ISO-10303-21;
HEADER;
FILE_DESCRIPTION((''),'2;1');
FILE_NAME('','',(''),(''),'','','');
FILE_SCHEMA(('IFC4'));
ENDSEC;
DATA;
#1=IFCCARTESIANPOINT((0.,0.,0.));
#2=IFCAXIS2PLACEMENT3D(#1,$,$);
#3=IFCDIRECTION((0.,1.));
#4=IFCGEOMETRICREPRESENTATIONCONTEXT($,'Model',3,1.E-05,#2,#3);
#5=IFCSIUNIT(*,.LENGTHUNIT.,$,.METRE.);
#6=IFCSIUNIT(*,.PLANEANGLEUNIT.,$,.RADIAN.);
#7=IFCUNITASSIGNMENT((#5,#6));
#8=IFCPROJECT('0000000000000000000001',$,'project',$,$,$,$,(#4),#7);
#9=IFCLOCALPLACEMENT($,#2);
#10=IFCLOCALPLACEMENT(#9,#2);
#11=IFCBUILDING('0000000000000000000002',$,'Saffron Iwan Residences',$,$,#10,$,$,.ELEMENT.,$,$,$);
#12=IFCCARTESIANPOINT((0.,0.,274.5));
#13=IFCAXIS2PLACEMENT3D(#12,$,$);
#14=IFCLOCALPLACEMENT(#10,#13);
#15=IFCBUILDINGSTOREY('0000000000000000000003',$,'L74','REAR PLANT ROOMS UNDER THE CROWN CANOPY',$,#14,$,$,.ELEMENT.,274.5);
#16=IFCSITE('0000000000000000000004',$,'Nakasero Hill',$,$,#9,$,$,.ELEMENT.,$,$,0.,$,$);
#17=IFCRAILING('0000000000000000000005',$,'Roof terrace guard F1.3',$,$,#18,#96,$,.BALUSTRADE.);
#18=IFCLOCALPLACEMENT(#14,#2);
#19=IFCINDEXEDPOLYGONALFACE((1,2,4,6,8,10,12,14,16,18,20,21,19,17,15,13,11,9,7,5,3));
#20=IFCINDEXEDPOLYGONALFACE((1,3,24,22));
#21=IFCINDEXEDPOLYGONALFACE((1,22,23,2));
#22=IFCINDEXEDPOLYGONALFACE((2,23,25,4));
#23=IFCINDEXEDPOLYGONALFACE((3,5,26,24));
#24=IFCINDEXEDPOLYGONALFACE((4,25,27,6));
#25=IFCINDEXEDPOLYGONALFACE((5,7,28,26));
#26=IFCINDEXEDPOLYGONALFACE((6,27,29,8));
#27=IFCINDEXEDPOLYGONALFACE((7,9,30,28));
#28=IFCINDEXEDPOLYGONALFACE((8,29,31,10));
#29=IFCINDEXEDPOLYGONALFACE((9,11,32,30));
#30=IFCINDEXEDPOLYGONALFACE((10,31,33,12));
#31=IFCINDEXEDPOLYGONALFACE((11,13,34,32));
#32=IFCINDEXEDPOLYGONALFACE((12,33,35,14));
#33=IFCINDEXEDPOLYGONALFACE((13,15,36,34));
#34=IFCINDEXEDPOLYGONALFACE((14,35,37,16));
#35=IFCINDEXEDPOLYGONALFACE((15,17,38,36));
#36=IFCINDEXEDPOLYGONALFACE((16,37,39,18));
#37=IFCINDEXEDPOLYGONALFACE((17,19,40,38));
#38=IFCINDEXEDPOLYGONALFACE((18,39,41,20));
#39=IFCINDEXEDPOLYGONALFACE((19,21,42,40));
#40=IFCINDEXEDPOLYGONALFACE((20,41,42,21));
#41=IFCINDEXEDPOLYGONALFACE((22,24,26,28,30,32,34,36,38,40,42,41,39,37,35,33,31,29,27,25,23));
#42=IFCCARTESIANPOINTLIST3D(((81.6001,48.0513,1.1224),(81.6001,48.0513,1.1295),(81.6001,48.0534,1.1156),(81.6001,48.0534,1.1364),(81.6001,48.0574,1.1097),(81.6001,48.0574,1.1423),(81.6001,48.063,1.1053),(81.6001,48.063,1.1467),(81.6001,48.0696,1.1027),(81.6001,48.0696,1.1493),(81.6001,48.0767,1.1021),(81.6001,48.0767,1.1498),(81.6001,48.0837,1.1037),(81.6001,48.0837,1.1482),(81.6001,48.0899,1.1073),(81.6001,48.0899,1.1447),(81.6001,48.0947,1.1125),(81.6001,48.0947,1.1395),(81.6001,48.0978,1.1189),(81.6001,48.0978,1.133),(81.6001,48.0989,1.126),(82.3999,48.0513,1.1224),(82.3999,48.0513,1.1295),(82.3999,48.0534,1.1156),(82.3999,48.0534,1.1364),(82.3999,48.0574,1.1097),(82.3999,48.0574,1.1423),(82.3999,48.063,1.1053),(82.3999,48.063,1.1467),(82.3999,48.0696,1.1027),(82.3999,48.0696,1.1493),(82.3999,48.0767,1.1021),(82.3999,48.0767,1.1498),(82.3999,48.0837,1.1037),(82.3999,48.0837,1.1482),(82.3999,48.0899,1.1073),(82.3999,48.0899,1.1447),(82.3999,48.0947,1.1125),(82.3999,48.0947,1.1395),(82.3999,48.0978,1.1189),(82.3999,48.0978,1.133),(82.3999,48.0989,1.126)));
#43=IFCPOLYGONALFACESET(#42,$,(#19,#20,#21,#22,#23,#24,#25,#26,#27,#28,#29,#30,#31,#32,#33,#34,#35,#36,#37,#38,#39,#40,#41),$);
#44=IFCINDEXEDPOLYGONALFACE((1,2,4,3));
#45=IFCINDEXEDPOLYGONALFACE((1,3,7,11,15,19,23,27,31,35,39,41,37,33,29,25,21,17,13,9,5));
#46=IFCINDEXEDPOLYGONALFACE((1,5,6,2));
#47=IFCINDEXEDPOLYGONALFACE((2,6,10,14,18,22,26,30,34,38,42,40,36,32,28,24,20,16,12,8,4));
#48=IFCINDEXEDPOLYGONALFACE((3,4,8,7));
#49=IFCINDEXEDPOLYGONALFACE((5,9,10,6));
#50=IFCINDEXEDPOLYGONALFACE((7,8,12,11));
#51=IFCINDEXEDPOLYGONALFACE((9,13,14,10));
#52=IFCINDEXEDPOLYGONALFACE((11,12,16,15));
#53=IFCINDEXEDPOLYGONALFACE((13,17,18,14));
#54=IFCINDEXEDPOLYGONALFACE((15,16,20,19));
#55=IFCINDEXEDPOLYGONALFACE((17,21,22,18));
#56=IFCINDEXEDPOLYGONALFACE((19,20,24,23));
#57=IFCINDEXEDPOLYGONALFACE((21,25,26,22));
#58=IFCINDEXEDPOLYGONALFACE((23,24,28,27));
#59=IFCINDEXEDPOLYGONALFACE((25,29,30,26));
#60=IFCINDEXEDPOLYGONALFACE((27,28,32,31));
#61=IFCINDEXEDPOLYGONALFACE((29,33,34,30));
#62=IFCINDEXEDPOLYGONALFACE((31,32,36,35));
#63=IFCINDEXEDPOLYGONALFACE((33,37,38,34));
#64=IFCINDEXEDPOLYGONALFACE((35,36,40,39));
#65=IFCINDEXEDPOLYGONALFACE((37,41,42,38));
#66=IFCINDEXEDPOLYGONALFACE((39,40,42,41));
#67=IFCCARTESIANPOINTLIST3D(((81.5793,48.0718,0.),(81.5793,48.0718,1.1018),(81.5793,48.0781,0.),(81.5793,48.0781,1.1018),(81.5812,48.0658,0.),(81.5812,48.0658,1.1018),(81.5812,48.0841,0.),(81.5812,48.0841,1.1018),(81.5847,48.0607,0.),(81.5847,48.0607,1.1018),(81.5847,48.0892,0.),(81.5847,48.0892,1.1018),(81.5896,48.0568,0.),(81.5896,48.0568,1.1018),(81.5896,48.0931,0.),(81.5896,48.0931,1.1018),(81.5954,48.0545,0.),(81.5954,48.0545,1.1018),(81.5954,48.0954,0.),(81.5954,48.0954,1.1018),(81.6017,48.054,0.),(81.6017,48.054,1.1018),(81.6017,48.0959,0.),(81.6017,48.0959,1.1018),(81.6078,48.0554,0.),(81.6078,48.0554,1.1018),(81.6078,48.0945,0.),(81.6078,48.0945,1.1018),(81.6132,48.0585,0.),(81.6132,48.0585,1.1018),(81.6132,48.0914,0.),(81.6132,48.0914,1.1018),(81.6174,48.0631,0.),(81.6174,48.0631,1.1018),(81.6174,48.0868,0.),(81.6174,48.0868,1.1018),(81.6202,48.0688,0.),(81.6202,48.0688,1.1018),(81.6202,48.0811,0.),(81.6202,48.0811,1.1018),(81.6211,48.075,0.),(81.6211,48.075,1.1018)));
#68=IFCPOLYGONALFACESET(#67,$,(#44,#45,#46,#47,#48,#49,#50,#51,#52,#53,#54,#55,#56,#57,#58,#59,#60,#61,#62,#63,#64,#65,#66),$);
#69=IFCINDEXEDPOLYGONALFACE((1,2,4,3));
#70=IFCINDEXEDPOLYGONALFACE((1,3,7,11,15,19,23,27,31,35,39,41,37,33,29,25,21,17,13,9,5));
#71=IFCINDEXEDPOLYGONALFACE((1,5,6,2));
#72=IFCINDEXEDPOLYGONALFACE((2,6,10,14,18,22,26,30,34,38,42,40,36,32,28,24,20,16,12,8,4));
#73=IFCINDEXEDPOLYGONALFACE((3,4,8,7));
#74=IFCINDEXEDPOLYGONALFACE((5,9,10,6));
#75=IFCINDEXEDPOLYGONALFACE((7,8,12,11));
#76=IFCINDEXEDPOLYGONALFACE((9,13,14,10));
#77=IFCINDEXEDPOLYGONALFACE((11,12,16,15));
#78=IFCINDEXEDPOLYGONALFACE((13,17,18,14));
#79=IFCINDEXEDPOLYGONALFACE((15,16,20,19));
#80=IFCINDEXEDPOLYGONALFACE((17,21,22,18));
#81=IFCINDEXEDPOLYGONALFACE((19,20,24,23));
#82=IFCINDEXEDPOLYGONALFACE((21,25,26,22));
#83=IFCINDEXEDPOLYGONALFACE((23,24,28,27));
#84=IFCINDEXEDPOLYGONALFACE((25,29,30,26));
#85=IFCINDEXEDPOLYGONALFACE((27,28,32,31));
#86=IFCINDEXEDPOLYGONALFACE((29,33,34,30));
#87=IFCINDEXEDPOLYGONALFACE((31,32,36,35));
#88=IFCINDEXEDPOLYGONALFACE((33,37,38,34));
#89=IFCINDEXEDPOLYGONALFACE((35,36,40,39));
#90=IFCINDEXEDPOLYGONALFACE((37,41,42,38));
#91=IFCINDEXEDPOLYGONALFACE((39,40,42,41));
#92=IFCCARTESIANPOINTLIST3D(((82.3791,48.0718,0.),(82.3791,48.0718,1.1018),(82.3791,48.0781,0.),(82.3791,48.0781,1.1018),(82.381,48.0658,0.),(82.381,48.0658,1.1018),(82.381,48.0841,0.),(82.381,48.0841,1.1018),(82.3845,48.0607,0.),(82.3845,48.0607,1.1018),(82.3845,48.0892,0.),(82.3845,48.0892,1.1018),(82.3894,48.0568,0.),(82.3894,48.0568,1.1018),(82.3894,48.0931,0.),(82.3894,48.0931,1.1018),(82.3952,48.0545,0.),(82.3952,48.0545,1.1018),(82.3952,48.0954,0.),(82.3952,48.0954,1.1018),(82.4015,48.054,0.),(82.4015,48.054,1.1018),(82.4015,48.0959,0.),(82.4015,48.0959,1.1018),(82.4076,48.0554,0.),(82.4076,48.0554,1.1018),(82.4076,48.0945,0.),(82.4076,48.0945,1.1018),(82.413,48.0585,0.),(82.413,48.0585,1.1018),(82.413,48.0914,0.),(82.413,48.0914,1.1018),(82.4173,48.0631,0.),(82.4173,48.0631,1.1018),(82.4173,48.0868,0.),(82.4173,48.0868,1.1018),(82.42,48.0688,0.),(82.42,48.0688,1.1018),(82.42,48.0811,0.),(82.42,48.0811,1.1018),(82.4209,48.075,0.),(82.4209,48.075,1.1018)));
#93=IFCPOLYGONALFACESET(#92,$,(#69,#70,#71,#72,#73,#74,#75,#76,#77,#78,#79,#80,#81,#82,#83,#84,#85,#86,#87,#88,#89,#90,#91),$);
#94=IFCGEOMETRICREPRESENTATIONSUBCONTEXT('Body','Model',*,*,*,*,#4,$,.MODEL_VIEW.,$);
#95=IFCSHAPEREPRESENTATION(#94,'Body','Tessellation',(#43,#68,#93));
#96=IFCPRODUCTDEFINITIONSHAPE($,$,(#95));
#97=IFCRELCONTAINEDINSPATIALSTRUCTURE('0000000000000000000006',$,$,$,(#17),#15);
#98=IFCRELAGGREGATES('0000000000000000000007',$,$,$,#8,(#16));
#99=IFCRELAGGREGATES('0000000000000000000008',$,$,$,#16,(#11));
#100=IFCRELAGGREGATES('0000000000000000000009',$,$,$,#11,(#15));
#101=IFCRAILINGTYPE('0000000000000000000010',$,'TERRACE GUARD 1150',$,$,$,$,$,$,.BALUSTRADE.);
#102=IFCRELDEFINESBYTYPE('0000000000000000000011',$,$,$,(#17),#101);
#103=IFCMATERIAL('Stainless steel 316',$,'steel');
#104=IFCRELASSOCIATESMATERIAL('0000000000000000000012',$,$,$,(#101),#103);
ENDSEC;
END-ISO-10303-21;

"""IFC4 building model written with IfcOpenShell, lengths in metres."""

from ifc_helpers import new_model, si_unit, direction, frame, origin, origin_2d, place, context, subcontext, project, spatial, circle, extrude, material, type_object, element, save


model = new_model("IFC4")

# Units and contexts
model_context = context("Model", 3, precision=1e-05, world=origin(), true_north=direction((0.0, 1.0)))
body_context = subcontext(model_context, "Body", "Model", "MODEL_VIEW")
ifc_project = project(units=[si_unit("LENGTHUNIT", "METRE"), si_unit("PLANEANGLEUNIT", "RADIAN")], contexts=[model_context])

# Site, building, storey
site_placement = place(None, origin())
site = spatial("IfcSite", under=ifc_project, at=site_placement, Name="Nakasero Hill", CompositionType="ELEMENT", RefElevation=0.0)
building_placement = place(site_placement, origin())
building = spatial("IfcBuilding", under=site, at=building_placement, Name="Saffron Iwan Residences", CompositionType="ELEMENT")
storey_placement = place(building_placement, frame((0.0, 0.0, 274.5)))
storey = spatial("IfcBuildingStorey", under=building, at=storey_placement, Name="L74", Description="REAR PLANT ROOMS UNDER THE CROWN CANOPY", CompositionType="ELEMENT", Elevation=274.5)

# Railing
ifc_material_1 = material(Name="Stainless steel 316", Category="steel")
railing_type = type_object("IfcRailingType", Name="TERRACE GUARD 1150", PredefinedType="BALUSTRADE", material=ifc_material_1)
railing_placement = place(storey_placement, frame((81.6001, 48.075, 0.0)))
element("IfcRailing", 1, at=railing_placement, inside=storey, type_object=railing_type, Name="Roof terrace guard F1.3", PredefinedType="BALUSTRADE", context=body_context, shape_type="SweptSolid", body=[
    extrude(circle(Radius=0.0239, at=origin_2d()), frame((0.0, 0.0, 1.126), z_axis=(1.0, 0.0, 0.0), x_axis=(0.0, 1.0, 0.0)), (0.0, 0.0, 1.0), 0.7998),
    extrude(circle(Radius=0.021, at=origin_2d()), origin(), (0.0, 0.0, 1.0), 1.1018),
    extrude(circle(Radius=0.021, at=origin_2d()), frame((0.7998, 0.0, 0.0)), (0.0, 0.0, 1.0), 1.1018),
])

save(model, "model.ifc")
